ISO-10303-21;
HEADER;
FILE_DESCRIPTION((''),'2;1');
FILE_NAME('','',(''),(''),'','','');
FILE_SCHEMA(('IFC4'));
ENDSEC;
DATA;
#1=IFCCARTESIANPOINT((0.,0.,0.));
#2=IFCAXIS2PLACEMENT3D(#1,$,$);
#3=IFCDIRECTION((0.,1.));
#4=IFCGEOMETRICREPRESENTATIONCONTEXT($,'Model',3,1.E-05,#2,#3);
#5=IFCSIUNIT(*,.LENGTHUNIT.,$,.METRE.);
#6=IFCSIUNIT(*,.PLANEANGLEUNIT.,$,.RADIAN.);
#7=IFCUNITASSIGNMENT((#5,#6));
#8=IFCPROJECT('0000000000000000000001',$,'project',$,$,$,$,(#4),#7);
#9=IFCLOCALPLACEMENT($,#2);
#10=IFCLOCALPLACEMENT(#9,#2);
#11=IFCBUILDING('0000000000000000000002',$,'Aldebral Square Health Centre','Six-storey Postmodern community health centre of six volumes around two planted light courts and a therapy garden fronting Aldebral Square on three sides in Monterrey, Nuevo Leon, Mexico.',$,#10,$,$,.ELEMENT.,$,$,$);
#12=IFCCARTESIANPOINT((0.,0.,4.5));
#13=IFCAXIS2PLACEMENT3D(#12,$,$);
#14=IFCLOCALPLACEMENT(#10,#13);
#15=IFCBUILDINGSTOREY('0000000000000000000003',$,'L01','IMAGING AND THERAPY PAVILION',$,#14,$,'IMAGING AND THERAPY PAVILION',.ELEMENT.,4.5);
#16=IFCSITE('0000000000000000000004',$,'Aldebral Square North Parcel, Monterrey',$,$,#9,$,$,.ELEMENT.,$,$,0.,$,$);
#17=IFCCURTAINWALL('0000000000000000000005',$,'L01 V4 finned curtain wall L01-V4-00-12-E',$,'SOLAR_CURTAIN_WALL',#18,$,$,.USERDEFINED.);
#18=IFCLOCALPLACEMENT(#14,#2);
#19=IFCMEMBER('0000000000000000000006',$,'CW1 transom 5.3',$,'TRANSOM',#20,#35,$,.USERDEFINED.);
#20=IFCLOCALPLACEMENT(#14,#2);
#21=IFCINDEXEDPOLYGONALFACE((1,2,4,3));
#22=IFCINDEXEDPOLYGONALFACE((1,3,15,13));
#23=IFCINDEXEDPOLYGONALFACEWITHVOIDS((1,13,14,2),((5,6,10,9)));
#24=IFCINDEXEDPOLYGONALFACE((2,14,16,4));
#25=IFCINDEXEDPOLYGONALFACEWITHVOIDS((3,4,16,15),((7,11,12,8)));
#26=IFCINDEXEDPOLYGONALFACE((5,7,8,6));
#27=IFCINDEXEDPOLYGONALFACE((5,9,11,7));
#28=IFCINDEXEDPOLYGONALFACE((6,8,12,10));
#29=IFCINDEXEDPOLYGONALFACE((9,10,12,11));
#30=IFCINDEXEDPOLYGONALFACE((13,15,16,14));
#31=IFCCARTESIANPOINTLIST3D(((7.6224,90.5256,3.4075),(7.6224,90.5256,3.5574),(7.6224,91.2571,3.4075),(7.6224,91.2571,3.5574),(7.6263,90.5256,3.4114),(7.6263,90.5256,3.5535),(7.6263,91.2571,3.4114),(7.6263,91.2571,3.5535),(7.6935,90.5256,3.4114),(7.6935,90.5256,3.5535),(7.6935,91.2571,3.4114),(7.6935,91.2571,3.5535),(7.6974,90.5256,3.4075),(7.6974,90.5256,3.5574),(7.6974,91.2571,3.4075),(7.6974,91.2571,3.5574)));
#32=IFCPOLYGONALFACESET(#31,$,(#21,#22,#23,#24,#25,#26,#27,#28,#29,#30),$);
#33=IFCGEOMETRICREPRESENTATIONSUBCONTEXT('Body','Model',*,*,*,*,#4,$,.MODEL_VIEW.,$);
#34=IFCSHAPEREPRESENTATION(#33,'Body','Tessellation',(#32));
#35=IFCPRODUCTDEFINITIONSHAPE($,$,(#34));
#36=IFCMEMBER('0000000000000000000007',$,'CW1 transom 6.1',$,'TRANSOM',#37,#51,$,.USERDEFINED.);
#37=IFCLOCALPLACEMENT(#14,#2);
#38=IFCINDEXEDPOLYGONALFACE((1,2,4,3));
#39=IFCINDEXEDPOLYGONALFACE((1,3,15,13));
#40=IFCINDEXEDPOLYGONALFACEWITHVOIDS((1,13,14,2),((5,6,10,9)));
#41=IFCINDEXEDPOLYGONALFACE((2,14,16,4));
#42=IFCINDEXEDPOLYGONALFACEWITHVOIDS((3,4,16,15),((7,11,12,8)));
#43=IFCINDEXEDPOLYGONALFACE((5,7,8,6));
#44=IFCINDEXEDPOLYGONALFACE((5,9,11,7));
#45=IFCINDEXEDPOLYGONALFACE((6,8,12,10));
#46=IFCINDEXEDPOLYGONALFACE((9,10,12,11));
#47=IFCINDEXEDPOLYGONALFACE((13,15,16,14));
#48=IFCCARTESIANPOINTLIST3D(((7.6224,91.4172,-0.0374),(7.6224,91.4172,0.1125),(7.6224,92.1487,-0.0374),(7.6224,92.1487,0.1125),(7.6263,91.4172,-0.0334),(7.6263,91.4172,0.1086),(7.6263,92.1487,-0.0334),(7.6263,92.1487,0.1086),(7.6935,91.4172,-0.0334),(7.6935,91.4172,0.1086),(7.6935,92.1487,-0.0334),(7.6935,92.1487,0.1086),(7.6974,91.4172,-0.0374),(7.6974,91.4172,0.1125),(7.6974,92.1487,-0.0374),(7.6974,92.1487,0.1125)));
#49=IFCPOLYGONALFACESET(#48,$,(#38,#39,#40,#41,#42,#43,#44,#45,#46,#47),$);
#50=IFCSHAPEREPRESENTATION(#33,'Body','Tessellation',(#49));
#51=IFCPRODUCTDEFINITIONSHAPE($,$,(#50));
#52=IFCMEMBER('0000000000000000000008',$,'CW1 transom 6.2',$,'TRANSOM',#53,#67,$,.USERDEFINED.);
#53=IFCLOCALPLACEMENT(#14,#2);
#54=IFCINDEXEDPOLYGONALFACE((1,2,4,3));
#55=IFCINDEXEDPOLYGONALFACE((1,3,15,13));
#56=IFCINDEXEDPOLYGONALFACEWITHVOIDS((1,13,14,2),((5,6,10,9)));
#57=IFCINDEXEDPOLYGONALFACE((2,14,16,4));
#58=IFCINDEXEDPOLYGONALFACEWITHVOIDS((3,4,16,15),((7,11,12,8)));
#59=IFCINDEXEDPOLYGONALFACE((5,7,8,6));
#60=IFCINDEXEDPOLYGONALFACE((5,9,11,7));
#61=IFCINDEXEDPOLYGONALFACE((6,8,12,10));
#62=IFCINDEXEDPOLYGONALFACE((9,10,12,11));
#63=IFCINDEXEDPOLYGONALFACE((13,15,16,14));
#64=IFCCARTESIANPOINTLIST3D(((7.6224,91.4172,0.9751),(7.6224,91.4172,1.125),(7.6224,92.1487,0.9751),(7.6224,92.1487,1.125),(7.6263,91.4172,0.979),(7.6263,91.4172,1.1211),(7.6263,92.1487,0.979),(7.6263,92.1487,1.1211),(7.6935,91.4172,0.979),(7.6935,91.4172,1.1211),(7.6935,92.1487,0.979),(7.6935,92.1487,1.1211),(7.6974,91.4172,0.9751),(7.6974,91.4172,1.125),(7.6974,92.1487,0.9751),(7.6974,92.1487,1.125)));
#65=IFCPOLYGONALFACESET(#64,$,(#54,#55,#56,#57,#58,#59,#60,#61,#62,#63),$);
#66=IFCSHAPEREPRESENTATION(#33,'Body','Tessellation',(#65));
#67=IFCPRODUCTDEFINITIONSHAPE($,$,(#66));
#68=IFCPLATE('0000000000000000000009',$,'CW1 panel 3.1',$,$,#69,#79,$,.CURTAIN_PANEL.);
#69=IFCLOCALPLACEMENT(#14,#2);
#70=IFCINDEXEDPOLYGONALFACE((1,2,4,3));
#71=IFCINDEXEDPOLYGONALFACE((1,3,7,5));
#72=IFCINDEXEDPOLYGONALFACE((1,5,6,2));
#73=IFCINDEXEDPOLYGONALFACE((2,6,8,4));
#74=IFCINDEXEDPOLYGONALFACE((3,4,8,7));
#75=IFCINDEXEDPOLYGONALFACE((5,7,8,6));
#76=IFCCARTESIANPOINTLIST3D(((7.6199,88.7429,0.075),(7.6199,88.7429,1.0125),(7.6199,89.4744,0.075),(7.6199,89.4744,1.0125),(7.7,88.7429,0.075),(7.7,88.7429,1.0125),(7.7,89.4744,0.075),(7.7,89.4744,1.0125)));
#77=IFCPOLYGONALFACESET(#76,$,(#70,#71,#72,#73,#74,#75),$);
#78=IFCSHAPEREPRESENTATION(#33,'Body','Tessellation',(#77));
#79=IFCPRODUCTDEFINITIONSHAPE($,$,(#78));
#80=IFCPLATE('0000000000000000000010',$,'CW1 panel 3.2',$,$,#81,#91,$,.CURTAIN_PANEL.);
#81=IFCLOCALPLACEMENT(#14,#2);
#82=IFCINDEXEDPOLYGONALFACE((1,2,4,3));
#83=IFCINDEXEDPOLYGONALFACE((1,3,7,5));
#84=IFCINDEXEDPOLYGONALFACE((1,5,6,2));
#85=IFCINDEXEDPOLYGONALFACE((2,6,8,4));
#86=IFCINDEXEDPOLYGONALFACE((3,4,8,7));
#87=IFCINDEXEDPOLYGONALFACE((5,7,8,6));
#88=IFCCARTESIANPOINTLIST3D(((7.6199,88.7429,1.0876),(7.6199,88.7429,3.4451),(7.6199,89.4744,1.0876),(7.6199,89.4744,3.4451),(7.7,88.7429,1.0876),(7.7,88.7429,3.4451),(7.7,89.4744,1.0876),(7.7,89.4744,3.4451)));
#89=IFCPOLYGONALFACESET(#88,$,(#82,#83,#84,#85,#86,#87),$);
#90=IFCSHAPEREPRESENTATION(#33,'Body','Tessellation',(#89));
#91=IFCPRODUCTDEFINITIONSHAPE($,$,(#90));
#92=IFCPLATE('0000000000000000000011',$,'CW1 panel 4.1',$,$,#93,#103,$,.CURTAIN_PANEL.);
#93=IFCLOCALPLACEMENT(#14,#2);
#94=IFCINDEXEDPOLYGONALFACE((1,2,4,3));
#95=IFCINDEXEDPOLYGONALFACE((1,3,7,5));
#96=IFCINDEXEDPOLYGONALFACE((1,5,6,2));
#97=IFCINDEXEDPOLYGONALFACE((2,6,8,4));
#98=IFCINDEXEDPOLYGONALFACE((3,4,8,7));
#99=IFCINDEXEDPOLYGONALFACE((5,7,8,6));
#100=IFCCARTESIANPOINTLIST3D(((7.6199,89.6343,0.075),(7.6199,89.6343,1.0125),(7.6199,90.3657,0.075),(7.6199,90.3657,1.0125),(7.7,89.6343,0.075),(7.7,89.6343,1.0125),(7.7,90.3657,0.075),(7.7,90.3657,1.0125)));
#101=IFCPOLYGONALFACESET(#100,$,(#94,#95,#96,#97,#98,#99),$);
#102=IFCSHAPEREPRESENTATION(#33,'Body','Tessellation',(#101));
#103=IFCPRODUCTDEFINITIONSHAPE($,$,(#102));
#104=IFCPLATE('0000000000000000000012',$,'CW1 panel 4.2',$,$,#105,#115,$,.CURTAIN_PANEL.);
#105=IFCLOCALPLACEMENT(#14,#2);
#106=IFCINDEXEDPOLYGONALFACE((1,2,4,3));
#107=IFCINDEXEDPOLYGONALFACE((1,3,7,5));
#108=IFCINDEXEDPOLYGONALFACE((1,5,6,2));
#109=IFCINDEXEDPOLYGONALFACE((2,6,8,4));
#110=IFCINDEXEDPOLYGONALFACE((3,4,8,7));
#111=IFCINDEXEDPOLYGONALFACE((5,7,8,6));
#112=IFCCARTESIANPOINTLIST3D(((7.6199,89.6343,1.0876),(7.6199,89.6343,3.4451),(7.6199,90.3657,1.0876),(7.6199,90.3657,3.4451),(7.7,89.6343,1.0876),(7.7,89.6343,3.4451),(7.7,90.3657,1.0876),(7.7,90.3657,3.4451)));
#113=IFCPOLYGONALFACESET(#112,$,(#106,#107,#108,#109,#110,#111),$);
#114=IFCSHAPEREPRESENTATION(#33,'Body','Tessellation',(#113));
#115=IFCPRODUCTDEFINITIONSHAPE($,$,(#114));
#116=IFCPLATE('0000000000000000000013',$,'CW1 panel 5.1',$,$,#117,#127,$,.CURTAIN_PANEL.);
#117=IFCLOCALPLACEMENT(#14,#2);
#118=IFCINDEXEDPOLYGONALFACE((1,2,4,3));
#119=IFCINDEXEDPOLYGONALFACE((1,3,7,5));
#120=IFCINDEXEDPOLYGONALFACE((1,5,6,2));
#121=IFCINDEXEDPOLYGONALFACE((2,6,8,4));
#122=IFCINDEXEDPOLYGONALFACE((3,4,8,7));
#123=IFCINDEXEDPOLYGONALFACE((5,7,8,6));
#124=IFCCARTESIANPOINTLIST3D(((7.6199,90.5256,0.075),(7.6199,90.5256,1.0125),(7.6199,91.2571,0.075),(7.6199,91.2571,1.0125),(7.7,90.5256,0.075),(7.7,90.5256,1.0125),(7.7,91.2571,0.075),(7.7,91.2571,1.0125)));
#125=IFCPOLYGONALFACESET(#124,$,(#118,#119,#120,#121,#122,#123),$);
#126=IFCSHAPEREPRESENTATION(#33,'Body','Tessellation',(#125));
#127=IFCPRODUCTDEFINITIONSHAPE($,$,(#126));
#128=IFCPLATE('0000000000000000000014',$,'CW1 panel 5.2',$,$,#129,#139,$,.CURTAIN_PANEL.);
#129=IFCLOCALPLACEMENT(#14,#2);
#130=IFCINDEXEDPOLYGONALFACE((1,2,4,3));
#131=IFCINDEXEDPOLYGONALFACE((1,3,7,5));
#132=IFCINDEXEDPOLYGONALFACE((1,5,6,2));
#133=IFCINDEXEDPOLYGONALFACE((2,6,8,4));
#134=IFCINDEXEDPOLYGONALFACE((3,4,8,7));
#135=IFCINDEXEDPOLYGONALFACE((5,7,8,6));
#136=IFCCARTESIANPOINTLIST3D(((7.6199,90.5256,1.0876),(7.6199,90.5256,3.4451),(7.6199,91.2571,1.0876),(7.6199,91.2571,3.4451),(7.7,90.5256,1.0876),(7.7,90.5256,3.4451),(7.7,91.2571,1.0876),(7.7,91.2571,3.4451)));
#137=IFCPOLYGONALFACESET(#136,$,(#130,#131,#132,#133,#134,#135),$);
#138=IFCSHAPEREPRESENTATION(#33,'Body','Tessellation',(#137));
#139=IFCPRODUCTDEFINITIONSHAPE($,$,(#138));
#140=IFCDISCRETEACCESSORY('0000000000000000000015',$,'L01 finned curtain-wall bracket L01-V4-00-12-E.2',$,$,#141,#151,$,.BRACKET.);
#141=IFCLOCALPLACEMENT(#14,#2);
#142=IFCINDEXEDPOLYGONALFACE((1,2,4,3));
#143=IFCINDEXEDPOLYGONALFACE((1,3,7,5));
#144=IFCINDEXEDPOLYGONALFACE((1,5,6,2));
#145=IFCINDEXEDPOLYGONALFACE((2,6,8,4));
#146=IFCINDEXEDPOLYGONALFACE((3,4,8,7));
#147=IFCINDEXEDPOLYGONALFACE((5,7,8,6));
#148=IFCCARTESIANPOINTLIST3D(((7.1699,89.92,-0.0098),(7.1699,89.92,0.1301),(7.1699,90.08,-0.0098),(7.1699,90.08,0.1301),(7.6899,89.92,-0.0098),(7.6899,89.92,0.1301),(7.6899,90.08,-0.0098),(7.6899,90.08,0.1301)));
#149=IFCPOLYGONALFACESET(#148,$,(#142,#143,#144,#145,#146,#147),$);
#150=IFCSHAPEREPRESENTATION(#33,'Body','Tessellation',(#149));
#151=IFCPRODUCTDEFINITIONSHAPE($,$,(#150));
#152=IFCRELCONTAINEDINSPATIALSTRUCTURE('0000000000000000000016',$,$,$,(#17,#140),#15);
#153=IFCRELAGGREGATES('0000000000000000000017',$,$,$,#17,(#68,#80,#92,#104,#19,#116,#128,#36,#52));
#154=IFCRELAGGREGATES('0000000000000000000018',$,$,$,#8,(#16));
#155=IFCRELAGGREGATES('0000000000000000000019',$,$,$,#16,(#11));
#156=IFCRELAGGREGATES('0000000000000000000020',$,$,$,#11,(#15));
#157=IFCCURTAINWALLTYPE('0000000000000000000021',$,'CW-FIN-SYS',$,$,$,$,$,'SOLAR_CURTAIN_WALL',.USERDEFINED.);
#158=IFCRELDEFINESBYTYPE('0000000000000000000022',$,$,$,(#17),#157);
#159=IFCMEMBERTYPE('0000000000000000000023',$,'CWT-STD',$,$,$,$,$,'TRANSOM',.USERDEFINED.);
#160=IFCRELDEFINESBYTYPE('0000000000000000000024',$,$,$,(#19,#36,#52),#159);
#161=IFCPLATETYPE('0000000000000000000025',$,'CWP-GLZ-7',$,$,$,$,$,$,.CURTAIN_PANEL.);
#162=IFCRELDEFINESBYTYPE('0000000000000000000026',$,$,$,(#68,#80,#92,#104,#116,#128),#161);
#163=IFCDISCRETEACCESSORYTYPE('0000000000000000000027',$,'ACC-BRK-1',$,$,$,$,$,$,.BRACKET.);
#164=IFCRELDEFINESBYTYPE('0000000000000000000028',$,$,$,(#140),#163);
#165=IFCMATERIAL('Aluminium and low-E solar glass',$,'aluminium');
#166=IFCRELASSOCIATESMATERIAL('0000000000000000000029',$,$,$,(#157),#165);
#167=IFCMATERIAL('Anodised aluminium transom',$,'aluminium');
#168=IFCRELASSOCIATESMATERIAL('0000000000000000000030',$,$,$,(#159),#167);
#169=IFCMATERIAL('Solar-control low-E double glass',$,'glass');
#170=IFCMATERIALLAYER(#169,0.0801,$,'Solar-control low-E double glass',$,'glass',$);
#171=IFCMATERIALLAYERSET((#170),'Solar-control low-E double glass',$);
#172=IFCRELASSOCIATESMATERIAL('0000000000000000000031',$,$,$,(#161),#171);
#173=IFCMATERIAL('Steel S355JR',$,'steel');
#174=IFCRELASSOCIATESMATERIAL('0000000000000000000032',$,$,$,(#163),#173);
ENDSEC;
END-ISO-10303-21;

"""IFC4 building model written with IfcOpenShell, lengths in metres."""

from ifc_helpers import new_model, si_unit, direction, frame, origin, origin_2d, place, context, subcontext, project, spatial, rectangle, hollow_rectangle, extrude, material, layer, layer_set, material_profile, profile_set, type_object, element, aggregate, save


model = new_model("IFC4")

# Units and contexts
model_context = context("Model", 3, precision=1e-05, world=origin(), true_north=direction((0.0, 1.0)))
body_context = subcontext(model_context, "Body", "Model", "MODEL_VIEW")
ifc_project = project(units=[si_unit("LENGTHUNIT", "METRE"), si_unit("PLANEANGLEUNIT", "RADIAN")], contexts=[model_context])

# Site, building, storey
site_placement = place(None, origin())
site = spatial("IfcSite", under=ifc_project, at=site_placement, Name="Aldebral Square North Parcel, Monterrey", CompositionType="ELEMENT", RefElevation=0.0)
building_placement = place(site_placement, origin())
building = spatial("IfcBuilding", under=site, at=building_placement, Name="Aldebral Square Health Centre", Description="Six-storey Postmodern community health centre of six volumes around two planted light courts and a therapy garden fronting Aldebral Square on three sides in Monterrey, Nuevo Leon, Mexico.", CompositionType="ELEMENT")
storey_placement = place(building_placement, frame((0.0, 0.0, 4.5)))
storey = spatial("IfcBuildingStorey", under=building, at=storey_placement, Name="L01", Description="IMAGING AND THERAPY PAVILION", LongName="IMAGING AND THERAPY PAVILION", CompositionType="ELEMENT", Elevation=4.5)

# Curtain wall, members, plates
ifc_material_1 = material(Name="Aluminium and low-E solar glass", Category="aluminium")
curtain_wall_type = type_object("IfcCurtainWallType", Name="CW-FIN-SYS", ElementType="SOLAR_CURTAIN_WALL", PredefinedType="USERDEFINED", material=ifc_material_1)
curtain_wall_placement = place(storey_placement, origin())
curtain_wall = element("IfcCurtainWall", 1, at=curtain_wall_placement, inside=storey, type_object=curtain_wall_type, Name="L01 V4 finned curtain wall L01-V4-00-12-E", ObjectType="SOLAR_CURTAIN_WALL", PredefinedType="USERDEFINED")
ifc_material_2 = material(Name="Anodised aluminium transom", Category="aluminium")
ifc_material_profile_1 = material_profile(ifc_material_2, hollow_rectangle(XDim=0.075, YDim=0.1499, WallThickness=0.0039, at=origin_2d()), Name="CWT 75x150x4")
ifc_profile_set_1 = profile_set([ifc_material_profile_1], Name="Anodised aluminium transom")
member_type_1 = type_object("IfcMemberType", Name="CWT-STD", ElementType="TRANSOM", PredefinedType="USERDEFINED", material=ifc_profile_set_1)
member_1_placement = place(storey_placement, frame((7.6599, 90.5256, 3.4824), z_axis=(0.0, 1.0, 0.0), x_axis=(-1.0, 0.0, 0.0)))
member_1 = element("IfcMember", 2, at=member_1_placement, type_object=member_type_1, Name="CW1 transom 5.3", ObjectType="TRANSOM", PredefinedType="USERDEFINED", context=body_context, shape_type="SweptSolid", body=[
    extrude(hollow_rectangle(XDim=0.075, YDim=0.1499, WallThickness=0.0039, at=origin_2d()), origin(), (0.0, 0.0, 1.0), 0.7314),
])
member_2_placement = place(storey_placement, frame((7.6599, 91.4172, 0.0376), z_axis=(0.0, 1.0, 0.0), x_axis=(-1.0, 0.0, 0.0)))
member_2 = element("IfcMember", 3, at=member_2_placement, type_object=member_type_1, Name="CW1 transom 6.1", ObjectType="TRANSOM", PredefinedType="USERDEFINED", context=body_context, shape_type="SweptSolid", body=[
    extrude(hollow_rectangle(XDim=0.075, YDim=0.1499, WallThickness=0.0039, at=origin_2d()), origin(), (0.0, 0.0, 1.0), 0.7314),
])
member_3_placement = place(storey_placement, frame((7.6599, 91.4172, 1.05), z_axis=(0.0, 1.0, 0.0), x_axis=(-1.0, 0.0, 0.0)))
member_3 = element("IfcMember", 4, at=member_3_placement, type_object=member_type_1, Name="CW1 transom 6.2", ObjectType="TRANSOM", PredefinedType="USERDEFINED", context=body_context, shape_type="SweptSolid", body=[
    extrude(hollow_rectangle(XDim=0.075, YDim=0.1499, WallThickness=0.0039, at=origin_2d()), origin(), (0.0, 0.0, 1.0), 0.7314),
])
ifc_material_3 = material(Name="Solar-control low-E double glass", Category="glass")
ifc_layer = layer(ifc_material_3, 0.0801, Name="Solar-control low-E double glass", Category="glass")
ifc_layer_set = layer_set([ifc_layer], Name="Solar-control low-E double glass")
plate_type = type_object("IfcPlateType", Name="CWP-GLZ-7", PredefinedType="CURTAIN_PANEL", material=ifc_layer_set)
plate_1_placement = place(storey_placement, frame((7.6599, 89.1086, 0.075), z_axis=(0.0, 0.0, 1.0), x_axis=(0.0, 1.0, 0.0)))
plate_1 = element("IfcPlate", 5, at=plate_1_placement, type_object=plate_type, Name="CW1 panel 3.1", PredefinedType="CURTAIN_PANEL", context=body_context, shape_type="SweptSolid", body=[
    extrude(rectangle(XDim=0.7314, YDim=0.0801, at=origin_2d()), origin(), (0.0, 0.0, 1.0), 0.9375),
])
plate_2_placement = place(storey_placement, frame((7.6599, 89.1086, 1.0876), z_axis=(0.0, 0.0, 1.0), x_axis=(0.0, 1.0, 0.0)))
plate_2 = element("IfcPlate", 6, at=plate_2_placement, type_object=plate_type, Name="CW1 panel 3.2", PredefinedType="CURTAIN_PANEL", context=body_context, shape_type="SweptSolid", body=[
    extrude(rectangle(XDim=0.7314, YDim=0.0801, at=origin_2d()), origin(), (0.0, 0.0, 1.0), 2.3574),
])
plate_3_placement = place(storey_placement, frame((7.6599, 90.0, 0.075), z_axis=(0.0, 0.0, 1.0), x_axis=(0.0, 1.0, 0.0)))
plate_3 = element("IfcPlate", 7, at=plate_3_placement, type_object=plate_type, Name="CW1 panel 4.1", PredefinedType="CURTAIN_PANEL", context=body_context, shape_type="SweptSolid", body=[
    extrude(rectangle(XDim=0.7314, YDim=0.0801, at=origin_2d()), origin(), (0.0, 0.0, 1.0), 0.9375),
])
plate_4_placement = place(storey_placement, frame((7.6599, 90.0, 1.0876), z_axis=(0.0, 0.0, 1.0), x_axis=(0.0, 1.0, 0.0)))
plate_4 = element("IfcPlate", 8, at=plate_4_placement, type_object=plate_type, Name="CW1 panel 4.2", PredefinedType="CURTAIN_PANEL", context=body_context, shape_type="SweptSolid", body=[
    extrude(rectangle(XDim=0.7314, YDim=0.0801, at=origin_2d()), origin(), (0.0, 0.0, 1.0), 2.3574),
])
plate_5_placement = place(storey_placement, frame((7.6599, 90.8914, 0.075), z_axis=(0.0, 0.0, 1.0), x_axis=(0.0, 1.0, 0.0)))
plate_5 = element("IfcPlate", 9, at=plate_5_placement, type_object=plate_type, Name="CW1 panel 5.1", PredefinedType="CURTAIN_PANEL", context=body_context, shape_type="SweptSolid", body=[
    extrude(rectangle(XDim=0.7314, YDim=0.0801, at=origin_2d()), origin(), (0.0, 0.0, 1.0), 0.9375),
])
plate_6_placement = place(storey_placement, frame((7.6599, 90.8914, 1.0876), z_axis=(0.0, 0.0, 1.0), x_axis=(0.0, 1.0, 0.0)))
plate_6 = element("IfcPlate", 10, at=plate_6_placement, type_object=plate_type, Name="CW1 panel 5.2", PredefinedType="CURTAIN_PANEL", context=body_context, shape_type="SweptSolid", body=[
    extrude(rectangle(XDim=0.7314, YDim=0.0801, at=origin_2d()), origin(), (0.0, 0.0, 1.0), 2.3574),
])
aggregate(curtain_wall, [plate_1, plate_2, plate_3, plate_4, member_1, plate_5, plate_6, member_2, member_3])

# Discrete accessory
ifc_material_4 = material(Name="Steel S355JR", Category="steel")
discrete_accessory_type = type_object("IfcDiscreteAccessoryType", Name="ACC-BRK-1", PredefinedType="BRACKET", material=ifc_material_4)
discrete_accessory_placement = place(storey_placement, frame((7.4299, 90.0, -0.0098), z_axis=(0.0, 0.0, 1.0), x_axis=(0.0, 1.0, 0.0)))
element("IfcDiscreteAccessory", 11, at=discrete_accessory_placement, inside=storey, type_object=discrete_accessory_type, Name="L01 finned curtain-wall bracket L01-V4-00-12-E.2", PredefinedType="BRACKET", context=body_context, shape_type="SweptSolid", body=[
    extrude(rectangle(XDim=0.1599, YDim=0.52, at=origin_2d()), origin(), (0.0, 0.0, 1.0), 0.1399),
])

save(model, "model.ifc")
